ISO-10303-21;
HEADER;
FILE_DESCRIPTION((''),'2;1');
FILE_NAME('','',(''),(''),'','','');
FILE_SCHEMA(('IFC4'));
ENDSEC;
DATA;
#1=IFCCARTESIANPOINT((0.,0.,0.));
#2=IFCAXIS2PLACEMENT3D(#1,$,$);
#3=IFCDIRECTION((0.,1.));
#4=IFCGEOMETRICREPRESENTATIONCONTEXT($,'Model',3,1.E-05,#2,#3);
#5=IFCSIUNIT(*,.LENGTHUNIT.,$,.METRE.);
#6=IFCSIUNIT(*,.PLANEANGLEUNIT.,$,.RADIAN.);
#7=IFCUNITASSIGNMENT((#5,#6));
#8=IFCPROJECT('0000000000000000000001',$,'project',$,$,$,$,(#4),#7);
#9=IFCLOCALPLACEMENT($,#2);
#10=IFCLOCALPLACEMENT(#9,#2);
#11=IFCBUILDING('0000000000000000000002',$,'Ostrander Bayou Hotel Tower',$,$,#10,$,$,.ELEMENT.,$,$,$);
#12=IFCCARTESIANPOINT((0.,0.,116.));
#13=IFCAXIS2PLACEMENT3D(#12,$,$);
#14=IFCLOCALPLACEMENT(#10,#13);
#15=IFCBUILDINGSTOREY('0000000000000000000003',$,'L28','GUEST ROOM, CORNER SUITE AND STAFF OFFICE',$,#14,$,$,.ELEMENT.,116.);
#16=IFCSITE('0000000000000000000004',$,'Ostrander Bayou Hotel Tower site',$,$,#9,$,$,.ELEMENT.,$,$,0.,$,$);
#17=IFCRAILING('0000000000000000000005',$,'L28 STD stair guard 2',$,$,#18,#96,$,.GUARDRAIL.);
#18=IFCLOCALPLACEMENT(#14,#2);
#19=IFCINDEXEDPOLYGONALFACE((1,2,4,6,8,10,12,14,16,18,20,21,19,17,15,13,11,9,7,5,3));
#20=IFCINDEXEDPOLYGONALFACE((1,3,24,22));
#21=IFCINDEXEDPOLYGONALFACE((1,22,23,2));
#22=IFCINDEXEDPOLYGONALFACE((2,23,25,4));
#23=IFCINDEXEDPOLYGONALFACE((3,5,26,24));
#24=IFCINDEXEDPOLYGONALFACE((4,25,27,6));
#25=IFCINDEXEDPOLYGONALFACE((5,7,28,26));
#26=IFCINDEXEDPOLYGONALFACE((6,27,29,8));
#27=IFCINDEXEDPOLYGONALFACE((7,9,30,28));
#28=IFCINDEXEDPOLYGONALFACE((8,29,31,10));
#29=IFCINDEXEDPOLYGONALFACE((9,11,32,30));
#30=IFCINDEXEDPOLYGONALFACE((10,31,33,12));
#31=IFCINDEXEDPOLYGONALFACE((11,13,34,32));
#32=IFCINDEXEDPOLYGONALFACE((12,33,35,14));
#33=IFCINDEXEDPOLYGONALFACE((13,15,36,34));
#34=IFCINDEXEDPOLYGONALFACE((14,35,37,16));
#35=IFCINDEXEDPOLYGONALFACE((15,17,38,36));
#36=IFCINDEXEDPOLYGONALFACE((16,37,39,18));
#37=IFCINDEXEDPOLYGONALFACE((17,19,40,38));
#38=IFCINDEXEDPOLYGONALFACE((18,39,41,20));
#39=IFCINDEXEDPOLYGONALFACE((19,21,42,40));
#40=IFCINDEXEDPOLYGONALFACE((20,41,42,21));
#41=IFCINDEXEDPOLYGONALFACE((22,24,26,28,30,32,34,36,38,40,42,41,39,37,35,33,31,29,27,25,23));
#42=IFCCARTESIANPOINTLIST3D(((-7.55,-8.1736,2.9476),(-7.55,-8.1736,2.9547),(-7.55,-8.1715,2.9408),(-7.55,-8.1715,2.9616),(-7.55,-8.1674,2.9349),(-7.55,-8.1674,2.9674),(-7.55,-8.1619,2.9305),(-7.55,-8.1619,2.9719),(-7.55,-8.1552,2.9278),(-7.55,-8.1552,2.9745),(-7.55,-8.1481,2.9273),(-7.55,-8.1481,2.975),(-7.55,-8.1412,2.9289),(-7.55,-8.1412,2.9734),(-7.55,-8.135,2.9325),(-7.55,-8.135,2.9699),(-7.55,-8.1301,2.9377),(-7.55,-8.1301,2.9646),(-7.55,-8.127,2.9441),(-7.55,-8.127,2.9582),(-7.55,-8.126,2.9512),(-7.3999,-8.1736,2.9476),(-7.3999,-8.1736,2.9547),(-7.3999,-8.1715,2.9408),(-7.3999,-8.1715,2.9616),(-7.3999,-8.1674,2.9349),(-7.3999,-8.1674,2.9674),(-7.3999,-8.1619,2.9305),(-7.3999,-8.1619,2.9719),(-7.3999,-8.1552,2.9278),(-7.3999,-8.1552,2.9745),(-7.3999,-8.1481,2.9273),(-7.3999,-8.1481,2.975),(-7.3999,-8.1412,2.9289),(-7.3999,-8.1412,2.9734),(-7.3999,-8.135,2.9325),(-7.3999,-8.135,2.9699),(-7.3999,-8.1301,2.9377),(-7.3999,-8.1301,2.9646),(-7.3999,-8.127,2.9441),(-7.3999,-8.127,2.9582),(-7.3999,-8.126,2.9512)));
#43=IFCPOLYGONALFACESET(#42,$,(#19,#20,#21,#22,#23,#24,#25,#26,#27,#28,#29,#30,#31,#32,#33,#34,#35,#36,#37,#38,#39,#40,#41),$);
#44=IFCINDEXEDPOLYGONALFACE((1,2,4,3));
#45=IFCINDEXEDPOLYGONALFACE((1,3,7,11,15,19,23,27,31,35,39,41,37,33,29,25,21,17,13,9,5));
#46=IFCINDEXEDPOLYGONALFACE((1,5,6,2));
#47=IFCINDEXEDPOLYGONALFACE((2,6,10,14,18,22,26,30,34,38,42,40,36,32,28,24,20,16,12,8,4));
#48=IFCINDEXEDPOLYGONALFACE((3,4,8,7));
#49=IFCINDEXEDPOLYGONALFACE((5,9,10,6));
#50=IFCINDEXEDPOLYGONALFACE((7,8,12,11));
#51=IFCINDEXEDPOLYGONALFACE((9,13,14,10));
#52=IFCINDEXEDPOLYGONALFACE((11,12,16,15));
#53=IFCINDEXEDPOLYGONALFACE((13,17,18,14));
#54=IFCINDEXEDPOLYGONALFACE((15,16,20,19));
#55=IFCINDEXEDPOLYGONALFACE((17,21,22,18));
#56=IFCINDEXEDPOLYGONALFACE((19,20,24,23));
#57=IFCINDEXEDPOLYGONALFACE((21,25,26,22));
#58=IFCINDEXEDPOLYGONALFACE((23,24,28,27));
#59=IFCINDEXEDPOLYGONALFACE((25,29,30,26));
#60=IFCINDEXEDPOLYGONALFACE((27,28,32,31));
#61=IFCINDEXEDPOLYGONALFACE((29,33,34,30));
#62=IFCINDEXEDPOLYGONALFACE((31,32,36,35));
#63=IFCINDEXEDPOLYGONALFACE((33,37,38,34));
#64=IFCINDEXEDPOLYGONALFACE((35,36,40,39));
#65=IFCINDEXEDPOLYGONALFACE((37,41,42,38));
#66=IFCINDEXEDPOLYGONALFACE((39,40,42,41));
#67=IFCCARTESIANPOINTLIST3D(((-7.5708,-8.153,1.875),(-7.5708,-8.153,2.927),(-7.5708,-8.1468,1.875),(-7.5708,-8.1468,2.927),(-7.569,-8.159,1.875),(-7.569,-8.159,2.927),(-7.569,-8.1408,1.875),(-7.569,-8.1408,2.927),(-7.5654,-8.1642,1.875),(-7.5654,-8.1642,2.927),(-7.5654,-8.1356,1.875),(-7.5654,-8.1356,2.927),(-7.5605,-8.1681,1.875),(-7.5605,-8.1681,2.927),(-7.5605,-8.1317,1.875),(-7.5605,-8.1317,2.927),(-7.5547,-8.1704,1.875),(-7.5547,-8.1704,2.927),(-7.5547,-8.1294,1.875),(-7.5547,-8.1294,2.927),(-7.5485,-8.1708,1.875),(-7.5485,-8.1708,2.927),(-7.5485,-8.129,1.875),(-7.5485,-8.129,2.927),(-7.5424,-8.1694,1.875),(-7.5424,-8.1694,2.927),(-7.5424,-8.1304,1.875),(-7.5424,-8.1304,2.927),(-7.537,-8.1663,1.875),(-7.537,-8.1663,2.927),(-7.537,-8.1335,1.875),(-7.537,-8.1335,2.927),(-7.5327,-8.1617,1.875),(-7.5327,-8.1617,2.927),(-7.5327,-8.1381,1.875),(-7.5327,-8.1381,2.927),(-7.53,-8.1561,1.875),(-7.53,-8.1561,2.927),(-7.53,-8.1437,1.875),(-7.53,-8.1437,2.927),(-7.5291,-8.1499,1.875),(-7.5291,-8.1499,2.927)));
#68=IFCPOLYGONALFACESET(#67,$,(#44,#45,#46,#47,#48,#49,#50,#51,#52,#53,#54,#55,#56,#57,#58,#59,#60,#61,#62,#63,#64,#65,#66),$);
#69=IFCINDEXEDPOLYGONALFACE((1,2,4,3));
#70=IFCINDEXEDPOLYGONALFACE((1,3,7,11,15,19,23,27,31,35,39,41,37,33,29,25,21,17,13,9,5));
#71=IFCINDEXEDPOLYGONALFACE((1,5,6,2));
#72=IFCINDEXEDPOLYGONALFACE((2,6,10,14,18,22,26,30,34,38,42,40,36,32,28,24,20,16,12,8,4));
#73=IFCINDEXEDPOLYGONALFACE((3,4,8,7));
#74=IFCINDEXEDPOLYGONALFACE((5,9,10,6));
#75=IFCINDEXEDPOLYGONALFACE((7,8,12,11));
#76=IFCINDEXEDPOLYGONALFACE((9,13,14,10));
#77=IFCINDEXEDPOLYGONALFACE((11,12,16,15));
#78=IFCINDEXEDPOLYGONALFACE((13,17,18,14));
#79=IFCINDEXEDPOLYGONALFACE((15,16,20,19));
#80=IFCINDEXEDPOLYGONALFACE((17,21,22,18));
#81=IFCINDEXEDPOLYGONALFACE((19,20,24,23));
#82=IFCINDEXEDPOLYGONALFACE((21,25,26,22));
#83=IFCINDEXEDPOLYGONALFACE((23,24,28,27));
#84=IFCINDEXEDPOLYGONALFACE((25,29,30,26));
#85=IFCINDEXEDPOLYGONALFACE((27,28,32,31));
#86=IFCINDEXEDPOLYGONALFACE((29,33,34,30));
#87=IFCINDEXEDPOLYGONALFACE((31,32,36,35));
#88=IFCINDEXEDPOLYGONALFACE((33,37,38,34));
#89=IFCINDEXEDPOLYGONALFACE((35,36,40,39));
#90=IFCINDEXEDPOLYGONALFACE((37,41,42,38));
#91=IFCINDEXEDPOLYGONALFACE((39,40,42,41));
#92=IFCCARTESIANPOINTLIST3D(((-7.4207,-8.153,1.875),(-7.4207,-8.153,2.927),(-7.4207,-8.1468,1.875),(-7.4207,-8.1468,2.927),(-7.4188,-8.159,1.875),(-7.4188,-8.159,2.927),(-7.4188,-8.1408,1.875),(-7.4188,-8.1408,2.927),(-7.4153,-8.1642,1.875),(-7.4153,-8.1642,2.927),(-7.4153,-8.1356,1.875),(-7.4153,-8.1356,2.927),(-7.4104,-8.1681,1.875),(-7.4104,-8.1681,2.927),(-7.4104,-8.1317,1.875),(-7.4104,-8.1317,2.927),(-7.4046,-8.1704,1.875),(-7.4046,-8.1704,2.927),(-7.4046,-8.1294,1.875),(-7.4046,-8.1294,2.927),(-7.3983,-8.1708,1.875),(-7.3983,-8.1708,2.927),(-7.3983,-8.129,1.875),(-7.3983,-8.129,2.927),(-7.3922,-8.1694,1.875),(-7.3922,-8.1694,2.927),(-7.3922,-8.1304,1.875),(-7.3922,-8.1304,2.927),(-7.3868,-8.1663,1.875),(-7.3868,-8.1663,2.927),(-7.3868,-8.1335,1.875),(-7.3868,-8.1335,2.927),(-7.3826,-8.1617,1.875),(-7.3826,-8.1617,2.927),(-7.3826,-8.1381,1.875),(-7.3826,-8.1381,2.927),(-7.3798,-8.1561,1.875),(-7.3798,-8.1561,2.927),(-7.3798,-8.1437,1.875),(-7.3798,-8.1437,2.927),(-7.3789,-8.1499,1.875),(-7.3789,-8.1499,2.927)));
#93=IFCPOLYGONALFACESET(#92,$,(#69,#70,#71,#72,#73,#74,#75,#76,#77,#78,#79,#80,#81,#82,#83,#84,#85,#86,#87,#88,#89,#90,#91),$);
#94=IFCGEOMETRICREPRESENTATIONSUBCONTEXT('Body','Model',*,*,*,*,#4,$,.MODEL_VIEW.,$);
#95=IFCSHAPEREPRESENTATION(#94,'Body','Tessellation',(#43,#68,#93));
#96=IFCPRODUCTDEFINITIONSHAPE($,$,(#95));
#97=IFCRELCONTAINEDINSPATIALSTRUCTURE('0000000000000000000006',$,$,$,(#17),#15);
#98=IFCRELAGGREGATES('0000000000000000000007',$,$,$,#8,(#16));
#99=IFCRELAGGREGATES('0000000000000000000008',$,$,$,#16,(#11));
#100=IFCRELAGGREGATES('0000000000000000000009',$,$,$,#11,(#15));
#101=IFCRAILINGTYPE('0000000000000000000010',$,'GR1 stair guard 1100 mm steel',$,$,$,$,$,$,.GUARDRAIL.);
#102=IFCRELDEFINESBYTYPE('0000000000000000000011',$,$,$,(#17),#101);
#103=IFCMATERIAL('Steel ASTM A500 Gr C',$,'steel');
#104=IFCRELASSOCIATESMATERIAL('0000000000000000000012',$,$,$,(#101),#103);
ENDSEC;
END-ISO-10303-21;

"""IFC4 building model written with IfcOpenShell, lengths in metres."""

from ifc_helpers import new_model, si_unit, direction, frame, origin, origin_2d, place, context, subcontext, project, spatial, circle, extrude, material, type_object, element, save


model = new_model("IFC4")

# Units and contexts
model_context = context("Model", 3, precision=1e-05, world=origin(), true_north=direction((0.0, 1.0)))
body_context = subcontext(model_context, "Body", "Model", "MODEL_VIEW")
ifc_project = project(units=[si_unit("LENGTHUNIT", "METRE"), si_unit("PLANEANGLEUNIT", "RADIAN")], contexts=[model_context])

# Site, building, storey
site_placement = place(None, origin())
site = spatial("IfcSite", under=ifc_project, at=site_placement, Name="Ostrander Bayou Hotel Tower site", CompositionType="ELEMENT", RefElevation=0.0)
building_placement = place(site_placement, origin())
building = spatial("IfcBuilding", under=site, at=building_placement, Name="Ostrander Bayou Hotel Tower", CompositionType="ELEMENT")
storey_placement = place(building_placement, frame((0.0, 0.0, 116.0)))
storey = spatial("IfcBuildingStorey", under=building, at=storey_placement, Name="L28", Description="GUEST ROOM, CORNER SUITE AND STAFF OFFICE", CompositionType="ELEMENT", Elevation=116.0)

# Railing
ifc_material_1 = material(Name="Steel ASTM A500 Gr C", Category="steel")
railing_type_1 = type_object("IfcRailingType", Name="GR1 stair guard 1100 mm steel", PredefinedType="GUARDRAIL", material=ifc_material_1)
railing_1_placement = place(storey_placement, frame((-7.55, -8.1499, 1.875)))
element("IfcRailing", 1, at=railing_1_placement, inside=storey, type_object=railing_type_1, Name="L28 STD stair guard 2", PredefinedType="GUARDRAIL", context=body_context, shape_type="SweptSolid", body=[
    extrude(circle(Radius=0.0239, at=origin_2d()), frame((0.0, 0.0, 1.0762), z_axis=(1.0, 0.0, 0.0), x_axis=(0.0, 1.0, 0.0)), (0.0, 0.0, 1.0), 0.1501),
    extrude(circle(Radius=0.021, at=origin_2d()), origin(), (0.0, 0.0, 1.0), 1.052),
    extrude(circle(Radius=0.021, at=origin_2d()), frame((0.1501, 0.0, 0.0)), (0.0, 0.0, 1.0), 1.052),
])

save(model, "model.ifc")
